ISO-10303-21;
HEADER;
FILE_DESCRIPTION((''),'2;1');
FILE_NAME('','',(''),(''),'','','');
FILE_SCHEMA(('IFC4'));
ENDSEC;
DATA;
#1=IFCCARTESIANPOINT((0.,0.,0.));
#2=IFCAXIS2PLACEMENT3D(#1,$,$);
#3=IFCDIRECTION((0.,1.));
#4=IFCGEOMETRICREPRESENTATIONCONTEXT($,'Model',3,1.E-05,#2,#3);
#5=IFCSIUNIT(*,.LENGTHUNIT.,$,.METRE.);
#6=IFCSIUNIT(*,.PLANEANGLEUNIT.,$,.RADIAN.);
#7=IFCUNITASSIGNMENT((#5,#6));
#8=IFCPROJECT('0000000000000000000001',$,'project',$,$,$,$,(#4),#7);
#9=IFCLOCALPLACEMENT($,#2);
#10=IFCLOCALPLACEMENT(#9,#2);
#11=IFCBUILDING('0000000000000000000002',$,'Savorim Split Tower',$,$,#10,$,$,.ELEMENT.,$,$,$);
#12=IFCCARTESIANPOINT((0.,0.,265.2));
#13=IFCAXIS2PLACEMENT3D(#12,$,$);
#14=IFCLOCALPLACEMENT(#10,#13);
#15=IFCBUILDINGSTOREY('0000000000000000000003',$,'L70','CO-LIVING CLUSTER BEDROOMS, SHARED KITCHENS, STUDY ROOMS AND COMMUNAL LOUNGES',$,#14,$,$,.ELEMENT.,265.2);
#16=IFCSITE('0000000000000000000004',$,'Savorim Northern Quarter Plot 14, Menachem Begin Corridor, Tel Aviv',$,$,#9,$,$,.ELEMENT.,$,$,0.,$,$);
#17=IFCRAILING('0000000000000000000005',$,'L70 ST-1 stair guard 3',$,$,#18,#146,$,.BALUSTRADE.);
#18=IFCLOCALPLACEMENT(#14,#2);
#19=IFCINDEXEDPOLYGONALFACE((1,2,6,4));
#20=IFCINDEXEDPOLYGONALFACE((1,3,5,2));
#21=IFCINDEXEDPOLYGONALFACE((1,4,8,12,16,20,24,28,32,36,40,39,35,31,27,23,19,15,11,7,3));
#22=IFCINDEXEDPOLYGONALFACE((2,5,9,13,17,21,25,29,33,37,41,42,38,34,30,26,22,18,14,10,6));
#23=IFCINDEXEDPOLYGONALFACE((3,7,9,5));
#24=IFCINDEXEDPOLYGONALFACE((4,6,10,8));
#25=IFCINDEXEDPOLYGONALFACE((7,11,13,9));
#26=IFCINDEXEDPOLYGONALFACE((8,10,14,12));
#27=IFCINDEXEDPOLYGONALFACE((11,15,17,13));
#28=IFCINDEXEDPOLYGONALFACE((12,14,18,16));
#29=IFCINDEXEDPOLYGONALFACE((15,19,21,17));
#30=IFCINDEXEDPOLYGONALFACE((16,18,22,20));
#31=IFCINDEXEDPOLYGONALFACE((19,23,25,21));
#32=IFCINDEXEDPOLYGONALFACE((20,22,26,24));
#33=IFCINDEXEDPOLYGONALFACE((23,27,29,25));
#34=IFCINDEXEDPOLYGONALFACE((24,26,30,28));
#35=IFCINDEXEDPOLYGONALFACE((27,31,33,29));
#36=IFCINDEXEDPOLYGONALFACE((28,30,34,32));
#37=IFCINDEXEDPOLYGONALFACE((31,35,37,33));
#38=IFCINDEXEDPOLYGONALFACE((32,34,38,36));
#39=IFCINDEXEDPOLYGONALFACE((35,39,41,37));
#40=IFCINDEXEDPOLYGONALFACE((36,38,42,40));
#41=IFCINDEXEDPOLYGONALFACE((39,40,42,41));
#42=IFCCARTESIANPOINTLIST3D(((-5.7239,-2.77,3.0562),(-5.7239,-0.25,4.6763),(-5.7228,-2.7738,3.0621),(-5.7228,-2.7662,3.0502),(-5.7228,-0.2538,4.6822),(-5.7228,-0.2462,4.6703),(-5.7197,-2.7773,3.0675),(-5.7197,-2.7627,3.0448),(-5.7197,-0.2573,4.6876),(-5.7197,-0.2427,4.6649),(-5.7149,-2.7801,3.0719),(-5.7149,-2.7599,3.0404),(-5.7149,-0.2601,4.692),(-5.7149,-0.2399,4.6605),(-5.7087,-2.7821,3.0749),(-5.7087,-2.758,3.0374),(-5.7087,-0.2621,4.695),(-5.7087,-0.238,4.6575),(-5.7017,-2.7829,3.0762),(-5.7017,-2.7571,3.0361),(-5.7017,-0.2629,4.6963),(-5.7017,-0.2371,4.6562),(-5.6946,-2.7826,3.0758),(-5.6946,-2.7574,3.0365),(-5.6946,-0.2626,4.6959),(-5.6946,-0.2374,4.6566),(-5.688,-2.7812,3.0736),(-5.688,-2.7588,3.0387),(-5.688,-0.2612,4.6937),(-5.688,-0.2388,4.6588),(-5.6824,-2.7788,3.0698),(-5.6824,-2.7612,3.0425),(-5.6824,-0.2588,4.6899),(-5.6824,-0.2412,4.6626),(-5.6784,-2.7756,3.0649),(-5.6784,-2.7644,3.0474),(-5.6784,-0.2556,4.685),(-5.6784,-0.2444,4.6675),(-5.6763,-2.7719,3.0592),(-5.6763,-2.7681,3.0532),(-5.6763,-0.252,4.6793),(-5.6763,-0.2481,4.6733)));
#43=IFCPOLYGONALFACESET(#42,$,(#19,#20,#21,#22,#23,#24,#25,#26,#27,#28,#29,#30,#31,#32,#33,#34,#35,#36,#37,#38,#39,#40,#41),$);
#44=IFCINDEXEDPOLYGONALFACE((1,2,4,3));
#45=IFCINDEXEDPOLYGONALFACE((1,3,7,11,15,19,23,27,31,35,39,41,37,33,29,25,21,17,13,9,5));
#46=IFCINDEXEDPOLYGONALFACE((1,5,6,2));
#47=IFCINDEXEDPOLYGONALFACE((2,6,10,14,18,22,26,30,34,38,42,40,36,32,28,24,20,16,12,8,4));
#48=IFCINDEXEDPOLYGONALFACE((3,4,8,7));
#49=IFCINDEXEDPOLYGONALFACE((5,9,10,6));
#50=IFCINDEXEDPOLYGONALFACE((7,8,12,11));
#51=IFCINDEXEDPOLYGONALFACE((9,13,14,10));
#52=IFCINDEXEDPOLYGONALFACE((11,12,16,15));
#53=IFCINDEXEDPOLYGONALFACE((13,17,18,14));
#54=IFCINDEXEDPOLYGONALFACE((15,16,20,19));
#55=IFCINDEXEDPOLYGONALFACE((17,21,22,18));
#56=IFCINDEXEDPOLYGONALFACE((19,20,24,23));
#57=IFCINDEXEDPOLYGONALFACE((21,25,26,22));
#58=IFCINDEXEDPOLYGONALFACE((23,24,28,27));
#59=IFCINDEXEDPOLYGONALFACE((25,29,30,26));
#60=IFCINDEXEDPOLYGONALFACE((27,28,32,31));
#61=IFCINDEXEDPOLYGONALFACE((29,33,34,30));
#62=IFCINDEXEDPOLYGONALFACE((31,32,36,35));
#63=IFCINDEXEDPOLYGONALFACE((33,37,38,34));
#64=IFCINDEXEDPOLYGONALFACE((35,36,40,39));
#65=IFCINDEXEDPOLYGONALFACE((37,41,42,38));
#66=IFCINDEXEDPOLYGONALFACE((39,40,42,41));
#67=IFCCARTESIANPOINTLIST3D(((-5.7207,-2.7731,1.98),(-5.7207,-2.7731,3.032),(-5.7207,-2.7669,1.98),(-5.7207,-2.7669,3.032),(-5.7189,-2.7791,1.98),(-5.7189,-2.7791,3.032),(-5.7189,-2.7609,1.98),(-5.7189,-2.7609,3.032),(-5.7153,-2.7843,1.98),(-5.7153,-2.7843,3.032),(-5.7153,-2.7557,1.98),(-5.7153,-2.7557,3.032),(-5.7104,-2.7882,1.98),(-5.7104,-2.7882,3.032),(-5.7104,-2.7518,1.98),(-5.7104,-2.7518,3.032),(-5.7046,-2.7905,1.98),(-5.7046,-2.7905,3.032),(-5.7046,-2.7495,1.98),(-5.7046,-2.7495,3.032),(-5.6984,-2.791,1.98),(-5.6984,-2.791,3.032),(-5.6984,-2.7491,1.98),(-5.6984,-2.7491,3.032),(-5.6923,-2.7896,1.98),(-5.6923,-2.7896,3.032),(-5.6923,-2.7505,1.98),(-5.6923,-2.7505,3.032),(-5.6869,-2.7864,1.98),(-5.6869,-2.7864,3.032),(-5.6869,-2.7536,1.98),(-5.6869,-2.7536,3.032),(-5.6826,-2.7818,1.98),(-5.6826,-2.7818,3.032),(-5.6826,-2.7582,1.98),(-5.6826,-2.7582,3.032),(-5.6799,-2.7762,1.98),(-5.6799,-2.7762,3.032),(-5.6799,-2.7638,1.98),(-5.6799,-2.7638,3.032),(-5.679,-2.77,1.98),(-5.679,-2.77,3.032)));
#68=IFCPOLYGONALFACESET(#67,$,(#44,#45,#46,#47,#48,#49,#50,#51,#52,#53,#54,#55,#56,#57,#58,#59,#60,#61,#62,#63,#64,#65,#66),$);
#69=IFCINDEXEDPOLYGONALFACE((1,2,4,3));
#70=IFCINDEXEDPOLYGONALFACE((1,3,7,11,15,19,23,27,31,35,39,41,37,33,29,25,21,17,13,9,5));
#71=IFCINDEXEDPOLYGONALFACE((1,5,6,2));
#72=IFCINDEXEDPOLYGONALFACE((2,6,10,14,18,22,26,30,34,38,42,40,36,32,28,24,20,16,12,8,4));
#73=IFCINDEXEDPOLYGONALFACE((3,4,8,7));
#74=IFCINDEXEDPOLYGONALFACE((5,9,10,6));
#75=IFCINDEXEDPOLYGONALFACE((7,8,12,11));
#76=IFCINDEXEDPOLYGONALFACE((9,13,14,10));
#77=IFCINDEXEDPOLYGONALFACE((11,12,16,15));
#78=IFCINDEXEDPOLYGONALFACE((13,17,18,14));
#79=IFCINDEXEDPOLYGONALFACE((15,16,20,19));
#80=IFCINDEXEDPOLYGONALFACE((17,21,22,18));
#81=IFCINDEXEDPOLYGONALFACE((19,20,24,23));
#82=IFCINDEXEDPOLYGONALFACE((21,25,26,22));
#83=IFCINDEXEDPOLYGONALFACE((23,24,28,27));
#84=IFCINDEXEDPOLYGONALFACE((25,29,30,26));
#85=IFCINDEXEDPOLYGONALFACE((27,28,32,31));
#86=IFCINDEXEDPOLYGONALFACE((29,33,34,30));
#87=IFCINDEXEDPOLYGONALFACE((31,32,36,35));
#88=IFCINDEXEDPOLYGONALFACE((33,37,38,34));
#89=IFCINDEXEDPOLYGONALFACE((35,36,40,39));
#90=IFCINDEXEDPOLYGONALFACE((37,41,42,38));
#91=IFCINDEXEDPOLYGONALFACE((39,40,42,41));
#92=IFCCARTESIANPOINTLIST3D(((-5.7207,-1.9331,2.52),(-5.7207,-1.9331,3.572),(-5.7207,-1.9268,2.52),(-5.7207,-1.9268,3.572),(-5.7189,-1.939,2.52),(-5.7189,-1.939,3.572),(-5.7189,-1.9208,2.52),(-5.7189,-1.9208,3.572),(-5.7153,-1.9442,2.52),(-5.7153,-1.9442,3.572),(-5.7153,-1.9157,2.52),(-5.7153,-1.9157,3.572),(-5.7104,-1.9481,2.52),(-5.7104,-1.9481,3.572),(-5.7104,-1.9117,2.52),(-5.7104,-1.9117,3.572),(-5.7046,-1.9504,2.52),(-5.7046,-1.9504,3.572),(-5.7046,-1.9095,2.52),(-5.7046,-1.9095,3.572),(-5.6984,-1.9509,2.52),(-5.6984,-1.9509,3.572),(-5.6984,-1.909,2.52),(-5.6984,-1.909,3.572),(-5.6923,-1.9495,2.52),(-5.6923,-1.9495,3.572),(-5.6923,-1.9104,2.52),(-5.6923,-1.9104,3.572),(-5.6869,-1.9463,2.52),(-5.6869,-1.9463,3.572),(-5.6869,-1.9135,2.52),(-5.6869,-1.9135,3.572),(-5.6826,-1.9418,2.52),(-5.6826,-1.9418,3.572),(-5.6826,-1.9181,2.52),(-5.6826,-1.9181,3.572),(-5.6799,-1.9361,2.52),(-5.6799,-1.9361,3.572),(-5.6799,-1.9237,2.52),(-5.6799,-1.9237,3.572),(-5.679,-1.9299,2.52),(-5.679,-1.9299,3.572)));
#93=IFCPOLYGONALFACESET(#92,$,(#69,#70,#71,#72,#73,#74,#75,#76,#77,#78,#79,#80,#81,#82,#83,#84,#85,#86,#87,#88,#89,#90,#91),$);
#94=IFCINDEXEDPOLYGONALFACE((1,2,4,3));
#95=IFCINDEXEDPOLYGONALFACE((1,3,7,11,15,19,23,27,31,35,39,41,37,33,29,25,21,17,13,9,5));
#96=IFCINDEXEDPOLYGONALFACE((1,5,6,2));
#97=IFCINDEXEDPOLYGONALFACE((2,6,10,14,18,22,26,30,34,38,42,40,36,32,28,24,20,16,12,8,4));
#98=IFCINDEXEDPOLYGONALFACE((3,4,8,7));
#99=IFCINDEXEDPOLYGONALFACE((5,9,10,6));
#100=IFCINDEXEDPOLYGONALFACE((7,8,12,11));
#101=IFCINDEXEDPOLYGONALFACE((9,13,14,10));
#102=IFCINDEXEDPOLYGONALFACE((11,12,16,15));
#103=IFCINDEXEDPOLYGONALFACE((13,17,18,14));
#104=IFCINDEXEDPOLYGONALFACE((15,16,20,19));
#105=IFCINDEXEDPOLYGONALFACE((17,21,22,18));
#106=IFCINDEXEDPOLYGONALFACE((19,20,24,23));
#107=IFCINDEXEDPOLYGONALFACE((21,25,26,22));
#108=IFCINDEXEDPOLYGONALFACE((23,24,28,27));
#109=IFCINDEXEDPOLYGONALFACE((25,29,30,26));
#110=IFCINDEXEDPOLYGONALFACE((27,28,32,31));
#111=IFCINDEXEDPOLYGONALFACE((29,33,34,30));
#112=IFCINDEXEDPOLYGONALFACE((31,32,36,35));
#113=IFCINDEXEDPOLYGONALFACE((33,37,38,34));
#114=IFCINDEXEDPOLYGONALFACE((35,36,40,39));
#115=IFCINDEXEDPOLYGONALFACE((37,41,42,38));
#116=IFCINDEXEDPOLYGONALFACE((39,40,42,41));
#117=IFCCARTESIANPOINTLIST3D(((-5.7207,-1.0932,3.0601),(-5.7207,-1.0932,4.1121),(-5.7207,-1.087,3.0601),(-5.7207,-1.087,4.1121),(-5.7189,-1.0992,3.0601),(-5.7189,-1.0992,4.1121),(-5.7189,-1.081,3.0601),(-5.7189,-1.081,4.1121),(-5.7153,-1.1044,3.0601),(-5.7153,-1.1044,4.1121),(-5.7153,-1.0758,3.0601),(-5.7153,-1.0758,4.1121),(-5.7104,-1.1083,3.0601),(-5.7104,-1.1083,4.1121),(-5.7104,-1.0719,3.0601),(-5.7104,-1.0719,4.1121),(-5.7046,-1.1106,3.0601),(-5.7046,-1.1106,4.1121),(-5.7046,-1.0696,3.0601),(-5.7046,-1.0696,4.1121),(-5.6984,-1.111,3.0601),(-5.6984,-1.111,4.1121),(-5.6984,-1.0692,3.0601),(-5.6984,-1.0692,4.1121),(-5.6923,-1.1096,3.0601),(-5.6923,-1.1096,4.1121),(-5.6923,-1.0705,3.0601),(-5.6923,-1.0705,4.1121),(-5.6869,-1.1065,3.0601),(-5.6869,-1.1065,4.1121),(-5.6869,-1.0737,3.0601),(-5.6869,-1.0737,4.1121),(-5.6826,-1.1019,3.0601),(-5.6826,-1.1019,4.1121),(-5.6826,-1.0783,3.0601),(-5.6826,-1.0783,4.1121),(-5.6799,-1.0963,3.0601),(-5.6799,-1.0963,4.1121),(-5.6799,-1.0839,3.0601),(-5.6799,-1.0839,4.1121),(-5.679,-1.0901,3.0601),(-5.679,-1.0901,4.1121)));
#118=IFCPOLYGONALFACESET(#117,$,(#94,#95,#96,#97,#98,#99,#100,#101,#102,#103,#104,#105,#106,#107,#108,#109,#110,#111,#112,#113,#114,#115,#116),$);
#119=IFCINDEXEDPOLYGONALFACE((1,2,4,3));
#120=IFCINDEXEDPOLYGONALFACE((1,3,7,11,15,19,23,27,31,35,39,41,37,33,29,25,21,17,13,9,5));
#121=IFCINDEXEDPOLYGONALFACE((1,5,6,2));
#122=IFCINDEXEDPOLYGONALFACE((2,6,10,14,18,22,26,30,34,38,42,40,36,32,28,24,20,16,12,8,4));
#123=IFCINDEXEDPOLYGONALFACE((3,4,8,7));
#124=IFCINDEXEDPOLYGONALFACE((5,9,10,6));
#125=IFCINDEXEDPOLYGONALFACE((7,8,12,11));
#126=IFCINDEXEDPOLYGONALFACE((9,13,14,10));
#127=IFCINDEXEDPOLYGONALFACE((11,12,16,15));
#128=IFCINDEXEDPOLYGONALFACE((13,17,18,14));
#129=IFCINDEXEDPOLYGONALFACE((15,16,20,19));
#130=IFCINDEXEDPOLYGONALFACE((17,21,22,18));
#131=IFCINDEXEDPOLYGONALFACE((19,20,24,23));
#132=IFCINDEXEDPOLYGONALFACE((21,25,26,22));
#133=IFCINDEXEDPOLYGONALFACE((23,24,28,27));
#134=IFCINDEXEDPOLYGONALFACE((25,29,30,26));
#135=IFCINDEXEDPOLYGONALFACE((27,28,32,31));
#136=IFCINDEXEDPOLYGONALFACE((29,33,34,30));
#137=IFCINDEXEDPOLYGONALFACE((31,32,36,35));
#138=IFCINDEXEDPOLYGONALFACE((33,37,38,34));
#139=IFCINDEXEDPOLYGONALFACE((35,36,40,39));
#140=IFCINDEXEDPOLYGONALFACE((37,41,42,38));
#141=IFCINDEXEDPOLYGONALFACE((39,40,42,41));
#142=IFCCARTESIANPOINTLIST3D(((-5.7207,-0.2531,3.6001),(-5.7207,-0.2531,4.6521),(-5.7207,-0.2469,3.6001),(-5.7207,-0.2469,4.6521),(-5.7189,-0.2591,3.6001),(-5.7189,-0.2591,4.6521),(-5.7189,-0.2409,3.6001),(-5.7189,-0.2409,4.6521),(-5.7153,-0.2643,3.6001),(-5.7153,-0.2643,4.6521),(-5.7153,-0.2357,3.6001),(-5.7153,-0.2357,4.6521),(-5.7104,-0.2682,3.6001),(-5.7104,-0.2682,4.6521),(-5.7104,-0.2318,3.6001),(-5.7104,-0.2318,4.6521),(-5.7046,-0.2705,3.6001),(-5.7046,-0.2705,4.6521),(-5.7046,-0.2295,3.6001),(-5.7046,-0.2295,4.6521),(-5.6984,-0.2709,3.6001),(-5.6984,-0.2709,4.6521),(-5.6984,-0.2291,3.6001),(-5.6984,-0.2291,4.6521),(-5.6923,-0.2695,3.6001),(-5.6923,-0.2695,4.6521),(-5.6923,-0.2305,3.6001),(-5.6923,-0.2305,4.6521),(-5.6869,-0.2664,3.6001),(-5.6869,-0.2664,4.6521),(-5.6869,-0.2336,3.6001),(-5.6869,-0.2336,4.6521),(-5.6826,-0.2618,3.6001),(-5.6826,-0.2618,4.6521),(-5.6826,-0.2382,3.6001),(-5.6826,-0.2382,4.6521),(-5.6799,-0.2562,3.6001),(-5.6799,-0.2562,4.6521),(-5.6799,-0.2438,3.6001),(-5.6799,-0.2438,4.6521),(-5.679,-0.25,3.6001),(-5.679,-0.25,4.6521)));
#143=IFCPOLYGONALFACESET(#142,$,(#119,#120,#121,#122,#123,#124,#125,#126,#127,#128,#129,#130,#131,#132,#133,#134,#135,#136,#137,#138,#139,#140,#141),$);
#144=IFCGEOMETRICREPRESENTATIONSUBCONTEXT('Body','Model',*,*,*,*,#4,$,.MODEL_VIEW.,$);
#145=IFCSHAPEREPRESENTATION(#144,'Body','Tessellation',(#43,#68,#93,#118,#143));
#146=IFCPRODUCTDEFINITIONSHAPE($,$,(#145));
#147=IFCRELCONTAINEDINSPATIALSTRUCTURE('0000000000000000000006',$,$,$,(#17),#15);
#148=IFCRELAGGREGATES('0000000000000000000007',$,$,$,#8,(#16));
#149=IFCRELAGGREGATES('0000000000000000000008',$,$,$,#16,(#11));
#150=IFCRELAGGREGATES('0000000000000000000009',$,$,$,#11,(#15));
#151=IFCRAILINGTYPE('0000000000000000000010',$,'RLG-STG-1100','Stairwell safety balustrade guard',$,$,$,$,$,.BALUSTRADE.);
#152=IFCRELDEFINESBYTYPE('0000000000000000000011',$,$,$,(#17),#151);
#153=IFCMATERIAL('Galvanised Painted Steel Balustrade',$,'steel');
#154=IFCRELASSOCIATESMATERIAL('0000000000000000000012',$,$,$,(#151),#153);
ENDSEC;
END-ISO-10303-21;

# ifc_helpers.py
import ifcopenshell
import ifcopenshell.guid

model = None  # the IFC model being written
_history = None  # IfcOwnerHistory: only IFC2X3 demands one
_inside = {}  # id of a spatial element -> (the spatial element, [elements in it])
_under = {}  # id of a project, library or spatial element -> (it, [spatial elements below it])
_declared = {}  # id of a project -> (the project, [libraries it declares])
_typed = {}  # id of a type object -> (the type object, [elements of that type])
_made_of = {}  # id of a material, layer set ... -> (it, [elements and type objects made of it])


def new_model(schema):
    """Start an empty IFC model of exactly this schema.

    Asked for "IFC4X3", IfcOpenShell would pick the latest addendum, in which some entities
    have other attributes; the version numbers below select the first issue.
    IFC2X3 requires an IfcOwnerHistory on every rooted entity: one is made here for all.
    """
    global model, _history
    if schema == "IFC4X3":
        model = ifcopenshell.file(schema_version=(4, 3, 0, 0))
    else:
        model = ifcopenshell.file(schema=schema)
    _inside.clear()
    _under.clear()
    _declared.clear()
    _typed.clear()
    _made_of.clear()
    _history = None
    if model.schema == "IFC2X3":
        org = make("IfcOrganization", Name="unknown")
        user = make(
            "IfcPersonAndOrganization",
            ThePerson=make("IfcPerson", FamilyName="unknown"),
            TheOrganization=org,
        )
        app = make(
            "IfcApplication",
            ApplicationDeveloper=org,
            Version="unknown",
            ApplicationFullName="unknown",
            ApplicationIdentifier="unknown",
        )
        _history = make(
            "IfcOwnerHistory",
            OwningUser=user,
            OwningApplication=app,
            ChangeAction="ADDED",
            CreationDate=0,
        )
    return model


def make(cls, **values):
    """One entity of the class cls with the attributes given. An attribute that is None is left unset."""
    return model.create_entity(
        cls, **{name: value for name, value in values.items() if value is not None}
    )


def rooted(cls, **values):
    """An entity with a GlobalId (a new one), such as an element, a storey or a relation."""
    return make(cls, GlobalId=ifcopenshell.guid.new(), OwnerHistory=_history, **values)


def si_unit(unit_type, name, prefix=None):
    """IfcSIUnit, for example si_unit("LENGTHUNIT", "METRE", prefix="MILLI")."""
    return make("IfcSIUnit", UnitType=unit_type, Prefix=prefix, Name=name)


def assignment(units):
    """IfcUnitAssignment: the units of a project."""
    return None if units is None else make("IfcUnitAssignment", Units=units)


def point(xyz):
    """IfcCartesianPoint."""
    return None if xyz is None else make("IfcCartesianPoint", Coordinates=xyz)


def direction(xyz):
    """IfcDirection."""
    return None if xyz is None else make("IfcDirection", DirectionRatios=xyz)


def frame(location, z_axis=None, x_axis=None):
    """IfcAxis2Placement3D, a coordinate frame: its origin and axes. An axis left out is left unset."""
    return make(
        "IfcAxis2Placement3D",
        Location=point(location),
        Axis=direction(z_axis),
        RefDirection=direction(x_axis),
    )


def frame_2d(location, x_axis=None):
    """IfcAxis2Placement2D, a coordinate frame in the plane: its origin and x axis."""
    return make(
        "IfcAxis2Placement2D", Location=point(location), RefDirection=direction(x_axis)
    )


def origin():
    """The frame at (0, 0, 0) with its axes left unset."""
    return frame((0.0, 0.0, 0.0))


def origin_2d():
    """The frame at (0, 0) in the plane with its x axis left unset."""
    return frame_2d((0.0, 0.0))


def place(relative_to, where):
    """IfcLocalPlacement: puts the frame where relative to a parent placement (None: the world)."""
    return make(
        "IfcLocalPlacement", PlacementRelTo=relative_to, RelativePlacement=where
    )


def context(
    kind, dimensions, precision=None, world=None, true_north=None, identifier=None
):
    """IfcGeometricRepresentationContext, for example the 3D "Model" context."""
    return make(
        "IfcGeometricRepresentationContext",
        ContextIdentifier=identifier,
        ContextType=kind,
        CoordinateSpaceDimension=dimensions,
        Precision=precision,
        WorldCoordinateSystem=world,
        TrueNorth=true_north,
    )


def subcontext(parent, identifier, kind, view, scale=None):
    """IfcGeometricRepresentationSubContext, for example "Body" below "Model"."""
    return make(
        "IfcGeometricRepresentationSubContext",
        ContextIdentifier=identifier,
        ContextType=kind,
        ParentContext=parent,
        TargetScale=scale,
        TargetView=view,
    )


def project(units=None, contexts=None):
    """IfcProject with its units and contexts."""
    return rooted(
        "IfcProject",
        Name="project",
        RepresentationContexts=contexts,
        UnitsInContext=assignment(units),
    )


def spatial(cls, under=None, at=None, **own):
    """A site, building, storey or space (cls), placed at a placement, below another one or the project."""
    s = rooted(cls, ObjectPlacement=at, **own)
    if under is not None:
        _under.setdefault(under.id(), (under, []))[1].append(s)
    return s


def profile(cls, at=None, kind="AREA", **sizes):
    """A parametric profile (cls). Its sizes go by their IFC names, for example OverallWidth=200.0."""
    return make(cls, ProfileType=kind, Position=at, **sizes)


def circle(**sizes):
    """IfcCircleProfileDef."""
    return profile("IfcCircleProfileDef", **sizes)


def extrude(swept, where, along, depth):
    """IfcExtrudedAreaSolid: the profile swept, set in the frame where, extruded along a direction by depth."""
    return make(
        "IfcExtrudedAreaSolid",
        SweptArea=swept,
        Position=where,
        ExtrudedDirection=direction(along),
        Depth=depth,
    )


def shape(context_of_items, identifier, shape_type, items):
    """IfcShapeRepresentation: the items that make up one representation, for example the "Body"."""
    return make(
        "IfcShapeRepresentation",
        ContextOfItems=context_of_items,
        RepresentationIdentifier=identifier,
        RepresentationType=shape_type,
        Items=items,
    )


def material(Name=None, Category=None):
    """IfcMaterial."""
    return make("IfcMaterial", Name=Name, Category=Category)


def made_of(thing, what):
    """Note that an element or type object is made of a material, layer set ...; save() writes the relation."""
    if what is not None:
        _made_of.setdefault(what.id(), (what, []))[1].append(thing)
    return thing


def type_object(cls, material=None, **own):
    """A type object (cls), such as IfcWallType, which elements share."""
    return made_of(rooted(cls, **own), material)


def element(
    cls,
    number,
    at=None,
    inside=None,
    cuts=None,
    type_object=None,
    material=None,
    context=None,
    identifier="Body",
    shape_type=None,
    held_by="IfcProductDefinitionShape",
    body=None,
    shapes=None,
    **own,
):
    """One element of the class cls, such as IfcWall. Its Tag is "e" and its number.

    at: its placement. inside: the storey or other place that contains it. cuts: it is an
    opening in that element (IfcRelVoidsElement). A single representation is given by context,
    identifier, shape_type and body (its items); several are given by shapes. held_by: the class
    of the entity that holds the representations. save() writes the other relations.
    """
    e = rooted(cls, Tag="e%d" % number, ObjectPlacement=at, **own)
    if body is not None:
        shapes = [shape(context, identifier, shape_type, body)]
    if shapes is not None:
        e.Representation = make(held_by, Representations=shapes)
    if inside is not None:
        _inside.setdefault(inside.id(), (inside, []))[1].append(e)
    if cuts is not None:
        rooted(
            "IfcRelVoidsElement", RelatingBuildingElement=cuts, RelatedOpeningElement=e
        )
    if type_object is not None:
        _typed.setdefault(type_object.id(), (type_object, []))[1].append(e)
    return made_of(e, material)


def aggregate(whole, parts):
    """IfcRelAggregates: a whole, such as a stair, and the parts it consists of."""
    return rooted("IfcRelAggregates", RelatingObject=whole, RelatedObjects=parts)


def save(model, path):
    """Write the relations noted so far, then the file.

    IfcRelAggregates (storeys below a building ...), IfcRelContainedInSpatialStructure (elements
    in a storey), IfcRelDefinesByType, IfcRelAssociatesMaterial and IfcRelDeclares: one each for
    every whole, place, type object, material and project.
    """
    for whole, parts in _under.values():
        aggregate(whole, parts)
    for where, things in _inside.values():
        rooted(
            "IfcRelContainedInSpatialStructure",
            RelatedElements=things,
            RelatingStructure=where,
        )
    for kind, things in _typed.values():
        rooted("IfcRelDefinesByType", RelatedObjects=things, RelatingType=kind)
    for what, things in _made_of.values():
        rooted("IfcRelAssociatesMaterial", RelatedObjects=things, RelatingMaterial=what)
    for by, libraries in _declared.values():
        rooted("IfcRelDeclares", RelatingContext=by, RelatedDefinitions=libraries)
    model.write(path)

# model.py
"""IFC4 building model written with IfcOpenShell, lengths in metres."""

from ifc_helpers import new_model, si_unit, direction, frame, origin, origin_2d, place, context, subcontext, project, spatial, circle, extrude, material, type_object, element, save


model = new_model("IFC4")

# Units and contexts
model_context = context("Model", 3, precision=1e-05, world=origin(), true_north=direction((0.0, 1.0)))
body_context = subcontext(model_context, "Body", "Model", "MODEL_VIEW")
ifc_project = project(units=[si_unit("LENGTHUNIT", "METRE"), si_unit("PLANEANGLEUNIT", "RADIAN")], contexts=[model_context])

# Site, building, storey
site_placement = place(None, origin())
site = spatial("IfcSite", under=ifc_project, at=site_placement, Name="Savorim Northern Quarter Plot 14, Menachem Begin Corridor, Tel Aviv", CompositionType="ELEMENT", RefElevation=0.0)
building_placement = place(site_placement, origin())
building = spatial("IfcBuilding", under=site, at=building_placement, Name="Savorim Split Tower", CompositionType="ELEMENT")
storey_placement = place(building_placement, frame((0.0, 0.0, 265.2)))
storey = spatial("IfcBuildingStorey", under=building, at=storey_placement, Name="L70", Description="CO-LIVING CLUSTER BEDROOMS, SHARED KITCHENS, STUDY ROOMS AND COMMUNAL LOUNGES", CompositionType="ELEMENT", Elevation=265.2)

# Railing
ifc_material_1 = material(Name="Galvanised Painted Steel Balustrade", Category="steel")
railing_type_1 = type_object("IfcRailingType", Name="RLG-STG-1100", Description="Stairwell safety balustrade guard", PredefinedType="BALUSTRADE", material=ifc_material_1)
railing_1_placement = place(storey_placement, frame((-5.7, -2.77, 1.98)))
element("IfcRailing", 1, at=railing_1_placement, inside=storey, type_object=railing_type_1, Name="L70 ST-1 stair guard 3", PredefinedType="BALUSTRADE", context=body_context, shape_type="SweptSolid", body=[
    extrude(circle(Radius=0.0239, at=origin_2d()), frame((0.0, 0.0, 1.0762), z_axis=(0.0, 0.841163, 0.540782), x_axis=(-1.0, 0.0, 0.0)), (0.0, 0.0, 1.0), 2.9958),
    extrude(circle(Radius=0.021, at=origin_2d()), origin(), (0.0, 0.0, 1.0), 1.052),
    extrude(circle(Radius=0.021, at=origin_2d()), frame((0.0, 0.8401, 0.54)), (0.0, 0.0, 1.0), 1.052),
    extrude(circle(Radius=0.021, at=origin_2d()), frame((0.0, 1.6799, 1.0801)), (0.0, 0.0, 1.0), 1.052),
    extrude(circle(Radius=0.021, at=origin_2d()), frame((0.0, 2.52, 1.6201)), (0.0, 0.0, 1.0), 1.052),
])

save(model, "model.ifc")
